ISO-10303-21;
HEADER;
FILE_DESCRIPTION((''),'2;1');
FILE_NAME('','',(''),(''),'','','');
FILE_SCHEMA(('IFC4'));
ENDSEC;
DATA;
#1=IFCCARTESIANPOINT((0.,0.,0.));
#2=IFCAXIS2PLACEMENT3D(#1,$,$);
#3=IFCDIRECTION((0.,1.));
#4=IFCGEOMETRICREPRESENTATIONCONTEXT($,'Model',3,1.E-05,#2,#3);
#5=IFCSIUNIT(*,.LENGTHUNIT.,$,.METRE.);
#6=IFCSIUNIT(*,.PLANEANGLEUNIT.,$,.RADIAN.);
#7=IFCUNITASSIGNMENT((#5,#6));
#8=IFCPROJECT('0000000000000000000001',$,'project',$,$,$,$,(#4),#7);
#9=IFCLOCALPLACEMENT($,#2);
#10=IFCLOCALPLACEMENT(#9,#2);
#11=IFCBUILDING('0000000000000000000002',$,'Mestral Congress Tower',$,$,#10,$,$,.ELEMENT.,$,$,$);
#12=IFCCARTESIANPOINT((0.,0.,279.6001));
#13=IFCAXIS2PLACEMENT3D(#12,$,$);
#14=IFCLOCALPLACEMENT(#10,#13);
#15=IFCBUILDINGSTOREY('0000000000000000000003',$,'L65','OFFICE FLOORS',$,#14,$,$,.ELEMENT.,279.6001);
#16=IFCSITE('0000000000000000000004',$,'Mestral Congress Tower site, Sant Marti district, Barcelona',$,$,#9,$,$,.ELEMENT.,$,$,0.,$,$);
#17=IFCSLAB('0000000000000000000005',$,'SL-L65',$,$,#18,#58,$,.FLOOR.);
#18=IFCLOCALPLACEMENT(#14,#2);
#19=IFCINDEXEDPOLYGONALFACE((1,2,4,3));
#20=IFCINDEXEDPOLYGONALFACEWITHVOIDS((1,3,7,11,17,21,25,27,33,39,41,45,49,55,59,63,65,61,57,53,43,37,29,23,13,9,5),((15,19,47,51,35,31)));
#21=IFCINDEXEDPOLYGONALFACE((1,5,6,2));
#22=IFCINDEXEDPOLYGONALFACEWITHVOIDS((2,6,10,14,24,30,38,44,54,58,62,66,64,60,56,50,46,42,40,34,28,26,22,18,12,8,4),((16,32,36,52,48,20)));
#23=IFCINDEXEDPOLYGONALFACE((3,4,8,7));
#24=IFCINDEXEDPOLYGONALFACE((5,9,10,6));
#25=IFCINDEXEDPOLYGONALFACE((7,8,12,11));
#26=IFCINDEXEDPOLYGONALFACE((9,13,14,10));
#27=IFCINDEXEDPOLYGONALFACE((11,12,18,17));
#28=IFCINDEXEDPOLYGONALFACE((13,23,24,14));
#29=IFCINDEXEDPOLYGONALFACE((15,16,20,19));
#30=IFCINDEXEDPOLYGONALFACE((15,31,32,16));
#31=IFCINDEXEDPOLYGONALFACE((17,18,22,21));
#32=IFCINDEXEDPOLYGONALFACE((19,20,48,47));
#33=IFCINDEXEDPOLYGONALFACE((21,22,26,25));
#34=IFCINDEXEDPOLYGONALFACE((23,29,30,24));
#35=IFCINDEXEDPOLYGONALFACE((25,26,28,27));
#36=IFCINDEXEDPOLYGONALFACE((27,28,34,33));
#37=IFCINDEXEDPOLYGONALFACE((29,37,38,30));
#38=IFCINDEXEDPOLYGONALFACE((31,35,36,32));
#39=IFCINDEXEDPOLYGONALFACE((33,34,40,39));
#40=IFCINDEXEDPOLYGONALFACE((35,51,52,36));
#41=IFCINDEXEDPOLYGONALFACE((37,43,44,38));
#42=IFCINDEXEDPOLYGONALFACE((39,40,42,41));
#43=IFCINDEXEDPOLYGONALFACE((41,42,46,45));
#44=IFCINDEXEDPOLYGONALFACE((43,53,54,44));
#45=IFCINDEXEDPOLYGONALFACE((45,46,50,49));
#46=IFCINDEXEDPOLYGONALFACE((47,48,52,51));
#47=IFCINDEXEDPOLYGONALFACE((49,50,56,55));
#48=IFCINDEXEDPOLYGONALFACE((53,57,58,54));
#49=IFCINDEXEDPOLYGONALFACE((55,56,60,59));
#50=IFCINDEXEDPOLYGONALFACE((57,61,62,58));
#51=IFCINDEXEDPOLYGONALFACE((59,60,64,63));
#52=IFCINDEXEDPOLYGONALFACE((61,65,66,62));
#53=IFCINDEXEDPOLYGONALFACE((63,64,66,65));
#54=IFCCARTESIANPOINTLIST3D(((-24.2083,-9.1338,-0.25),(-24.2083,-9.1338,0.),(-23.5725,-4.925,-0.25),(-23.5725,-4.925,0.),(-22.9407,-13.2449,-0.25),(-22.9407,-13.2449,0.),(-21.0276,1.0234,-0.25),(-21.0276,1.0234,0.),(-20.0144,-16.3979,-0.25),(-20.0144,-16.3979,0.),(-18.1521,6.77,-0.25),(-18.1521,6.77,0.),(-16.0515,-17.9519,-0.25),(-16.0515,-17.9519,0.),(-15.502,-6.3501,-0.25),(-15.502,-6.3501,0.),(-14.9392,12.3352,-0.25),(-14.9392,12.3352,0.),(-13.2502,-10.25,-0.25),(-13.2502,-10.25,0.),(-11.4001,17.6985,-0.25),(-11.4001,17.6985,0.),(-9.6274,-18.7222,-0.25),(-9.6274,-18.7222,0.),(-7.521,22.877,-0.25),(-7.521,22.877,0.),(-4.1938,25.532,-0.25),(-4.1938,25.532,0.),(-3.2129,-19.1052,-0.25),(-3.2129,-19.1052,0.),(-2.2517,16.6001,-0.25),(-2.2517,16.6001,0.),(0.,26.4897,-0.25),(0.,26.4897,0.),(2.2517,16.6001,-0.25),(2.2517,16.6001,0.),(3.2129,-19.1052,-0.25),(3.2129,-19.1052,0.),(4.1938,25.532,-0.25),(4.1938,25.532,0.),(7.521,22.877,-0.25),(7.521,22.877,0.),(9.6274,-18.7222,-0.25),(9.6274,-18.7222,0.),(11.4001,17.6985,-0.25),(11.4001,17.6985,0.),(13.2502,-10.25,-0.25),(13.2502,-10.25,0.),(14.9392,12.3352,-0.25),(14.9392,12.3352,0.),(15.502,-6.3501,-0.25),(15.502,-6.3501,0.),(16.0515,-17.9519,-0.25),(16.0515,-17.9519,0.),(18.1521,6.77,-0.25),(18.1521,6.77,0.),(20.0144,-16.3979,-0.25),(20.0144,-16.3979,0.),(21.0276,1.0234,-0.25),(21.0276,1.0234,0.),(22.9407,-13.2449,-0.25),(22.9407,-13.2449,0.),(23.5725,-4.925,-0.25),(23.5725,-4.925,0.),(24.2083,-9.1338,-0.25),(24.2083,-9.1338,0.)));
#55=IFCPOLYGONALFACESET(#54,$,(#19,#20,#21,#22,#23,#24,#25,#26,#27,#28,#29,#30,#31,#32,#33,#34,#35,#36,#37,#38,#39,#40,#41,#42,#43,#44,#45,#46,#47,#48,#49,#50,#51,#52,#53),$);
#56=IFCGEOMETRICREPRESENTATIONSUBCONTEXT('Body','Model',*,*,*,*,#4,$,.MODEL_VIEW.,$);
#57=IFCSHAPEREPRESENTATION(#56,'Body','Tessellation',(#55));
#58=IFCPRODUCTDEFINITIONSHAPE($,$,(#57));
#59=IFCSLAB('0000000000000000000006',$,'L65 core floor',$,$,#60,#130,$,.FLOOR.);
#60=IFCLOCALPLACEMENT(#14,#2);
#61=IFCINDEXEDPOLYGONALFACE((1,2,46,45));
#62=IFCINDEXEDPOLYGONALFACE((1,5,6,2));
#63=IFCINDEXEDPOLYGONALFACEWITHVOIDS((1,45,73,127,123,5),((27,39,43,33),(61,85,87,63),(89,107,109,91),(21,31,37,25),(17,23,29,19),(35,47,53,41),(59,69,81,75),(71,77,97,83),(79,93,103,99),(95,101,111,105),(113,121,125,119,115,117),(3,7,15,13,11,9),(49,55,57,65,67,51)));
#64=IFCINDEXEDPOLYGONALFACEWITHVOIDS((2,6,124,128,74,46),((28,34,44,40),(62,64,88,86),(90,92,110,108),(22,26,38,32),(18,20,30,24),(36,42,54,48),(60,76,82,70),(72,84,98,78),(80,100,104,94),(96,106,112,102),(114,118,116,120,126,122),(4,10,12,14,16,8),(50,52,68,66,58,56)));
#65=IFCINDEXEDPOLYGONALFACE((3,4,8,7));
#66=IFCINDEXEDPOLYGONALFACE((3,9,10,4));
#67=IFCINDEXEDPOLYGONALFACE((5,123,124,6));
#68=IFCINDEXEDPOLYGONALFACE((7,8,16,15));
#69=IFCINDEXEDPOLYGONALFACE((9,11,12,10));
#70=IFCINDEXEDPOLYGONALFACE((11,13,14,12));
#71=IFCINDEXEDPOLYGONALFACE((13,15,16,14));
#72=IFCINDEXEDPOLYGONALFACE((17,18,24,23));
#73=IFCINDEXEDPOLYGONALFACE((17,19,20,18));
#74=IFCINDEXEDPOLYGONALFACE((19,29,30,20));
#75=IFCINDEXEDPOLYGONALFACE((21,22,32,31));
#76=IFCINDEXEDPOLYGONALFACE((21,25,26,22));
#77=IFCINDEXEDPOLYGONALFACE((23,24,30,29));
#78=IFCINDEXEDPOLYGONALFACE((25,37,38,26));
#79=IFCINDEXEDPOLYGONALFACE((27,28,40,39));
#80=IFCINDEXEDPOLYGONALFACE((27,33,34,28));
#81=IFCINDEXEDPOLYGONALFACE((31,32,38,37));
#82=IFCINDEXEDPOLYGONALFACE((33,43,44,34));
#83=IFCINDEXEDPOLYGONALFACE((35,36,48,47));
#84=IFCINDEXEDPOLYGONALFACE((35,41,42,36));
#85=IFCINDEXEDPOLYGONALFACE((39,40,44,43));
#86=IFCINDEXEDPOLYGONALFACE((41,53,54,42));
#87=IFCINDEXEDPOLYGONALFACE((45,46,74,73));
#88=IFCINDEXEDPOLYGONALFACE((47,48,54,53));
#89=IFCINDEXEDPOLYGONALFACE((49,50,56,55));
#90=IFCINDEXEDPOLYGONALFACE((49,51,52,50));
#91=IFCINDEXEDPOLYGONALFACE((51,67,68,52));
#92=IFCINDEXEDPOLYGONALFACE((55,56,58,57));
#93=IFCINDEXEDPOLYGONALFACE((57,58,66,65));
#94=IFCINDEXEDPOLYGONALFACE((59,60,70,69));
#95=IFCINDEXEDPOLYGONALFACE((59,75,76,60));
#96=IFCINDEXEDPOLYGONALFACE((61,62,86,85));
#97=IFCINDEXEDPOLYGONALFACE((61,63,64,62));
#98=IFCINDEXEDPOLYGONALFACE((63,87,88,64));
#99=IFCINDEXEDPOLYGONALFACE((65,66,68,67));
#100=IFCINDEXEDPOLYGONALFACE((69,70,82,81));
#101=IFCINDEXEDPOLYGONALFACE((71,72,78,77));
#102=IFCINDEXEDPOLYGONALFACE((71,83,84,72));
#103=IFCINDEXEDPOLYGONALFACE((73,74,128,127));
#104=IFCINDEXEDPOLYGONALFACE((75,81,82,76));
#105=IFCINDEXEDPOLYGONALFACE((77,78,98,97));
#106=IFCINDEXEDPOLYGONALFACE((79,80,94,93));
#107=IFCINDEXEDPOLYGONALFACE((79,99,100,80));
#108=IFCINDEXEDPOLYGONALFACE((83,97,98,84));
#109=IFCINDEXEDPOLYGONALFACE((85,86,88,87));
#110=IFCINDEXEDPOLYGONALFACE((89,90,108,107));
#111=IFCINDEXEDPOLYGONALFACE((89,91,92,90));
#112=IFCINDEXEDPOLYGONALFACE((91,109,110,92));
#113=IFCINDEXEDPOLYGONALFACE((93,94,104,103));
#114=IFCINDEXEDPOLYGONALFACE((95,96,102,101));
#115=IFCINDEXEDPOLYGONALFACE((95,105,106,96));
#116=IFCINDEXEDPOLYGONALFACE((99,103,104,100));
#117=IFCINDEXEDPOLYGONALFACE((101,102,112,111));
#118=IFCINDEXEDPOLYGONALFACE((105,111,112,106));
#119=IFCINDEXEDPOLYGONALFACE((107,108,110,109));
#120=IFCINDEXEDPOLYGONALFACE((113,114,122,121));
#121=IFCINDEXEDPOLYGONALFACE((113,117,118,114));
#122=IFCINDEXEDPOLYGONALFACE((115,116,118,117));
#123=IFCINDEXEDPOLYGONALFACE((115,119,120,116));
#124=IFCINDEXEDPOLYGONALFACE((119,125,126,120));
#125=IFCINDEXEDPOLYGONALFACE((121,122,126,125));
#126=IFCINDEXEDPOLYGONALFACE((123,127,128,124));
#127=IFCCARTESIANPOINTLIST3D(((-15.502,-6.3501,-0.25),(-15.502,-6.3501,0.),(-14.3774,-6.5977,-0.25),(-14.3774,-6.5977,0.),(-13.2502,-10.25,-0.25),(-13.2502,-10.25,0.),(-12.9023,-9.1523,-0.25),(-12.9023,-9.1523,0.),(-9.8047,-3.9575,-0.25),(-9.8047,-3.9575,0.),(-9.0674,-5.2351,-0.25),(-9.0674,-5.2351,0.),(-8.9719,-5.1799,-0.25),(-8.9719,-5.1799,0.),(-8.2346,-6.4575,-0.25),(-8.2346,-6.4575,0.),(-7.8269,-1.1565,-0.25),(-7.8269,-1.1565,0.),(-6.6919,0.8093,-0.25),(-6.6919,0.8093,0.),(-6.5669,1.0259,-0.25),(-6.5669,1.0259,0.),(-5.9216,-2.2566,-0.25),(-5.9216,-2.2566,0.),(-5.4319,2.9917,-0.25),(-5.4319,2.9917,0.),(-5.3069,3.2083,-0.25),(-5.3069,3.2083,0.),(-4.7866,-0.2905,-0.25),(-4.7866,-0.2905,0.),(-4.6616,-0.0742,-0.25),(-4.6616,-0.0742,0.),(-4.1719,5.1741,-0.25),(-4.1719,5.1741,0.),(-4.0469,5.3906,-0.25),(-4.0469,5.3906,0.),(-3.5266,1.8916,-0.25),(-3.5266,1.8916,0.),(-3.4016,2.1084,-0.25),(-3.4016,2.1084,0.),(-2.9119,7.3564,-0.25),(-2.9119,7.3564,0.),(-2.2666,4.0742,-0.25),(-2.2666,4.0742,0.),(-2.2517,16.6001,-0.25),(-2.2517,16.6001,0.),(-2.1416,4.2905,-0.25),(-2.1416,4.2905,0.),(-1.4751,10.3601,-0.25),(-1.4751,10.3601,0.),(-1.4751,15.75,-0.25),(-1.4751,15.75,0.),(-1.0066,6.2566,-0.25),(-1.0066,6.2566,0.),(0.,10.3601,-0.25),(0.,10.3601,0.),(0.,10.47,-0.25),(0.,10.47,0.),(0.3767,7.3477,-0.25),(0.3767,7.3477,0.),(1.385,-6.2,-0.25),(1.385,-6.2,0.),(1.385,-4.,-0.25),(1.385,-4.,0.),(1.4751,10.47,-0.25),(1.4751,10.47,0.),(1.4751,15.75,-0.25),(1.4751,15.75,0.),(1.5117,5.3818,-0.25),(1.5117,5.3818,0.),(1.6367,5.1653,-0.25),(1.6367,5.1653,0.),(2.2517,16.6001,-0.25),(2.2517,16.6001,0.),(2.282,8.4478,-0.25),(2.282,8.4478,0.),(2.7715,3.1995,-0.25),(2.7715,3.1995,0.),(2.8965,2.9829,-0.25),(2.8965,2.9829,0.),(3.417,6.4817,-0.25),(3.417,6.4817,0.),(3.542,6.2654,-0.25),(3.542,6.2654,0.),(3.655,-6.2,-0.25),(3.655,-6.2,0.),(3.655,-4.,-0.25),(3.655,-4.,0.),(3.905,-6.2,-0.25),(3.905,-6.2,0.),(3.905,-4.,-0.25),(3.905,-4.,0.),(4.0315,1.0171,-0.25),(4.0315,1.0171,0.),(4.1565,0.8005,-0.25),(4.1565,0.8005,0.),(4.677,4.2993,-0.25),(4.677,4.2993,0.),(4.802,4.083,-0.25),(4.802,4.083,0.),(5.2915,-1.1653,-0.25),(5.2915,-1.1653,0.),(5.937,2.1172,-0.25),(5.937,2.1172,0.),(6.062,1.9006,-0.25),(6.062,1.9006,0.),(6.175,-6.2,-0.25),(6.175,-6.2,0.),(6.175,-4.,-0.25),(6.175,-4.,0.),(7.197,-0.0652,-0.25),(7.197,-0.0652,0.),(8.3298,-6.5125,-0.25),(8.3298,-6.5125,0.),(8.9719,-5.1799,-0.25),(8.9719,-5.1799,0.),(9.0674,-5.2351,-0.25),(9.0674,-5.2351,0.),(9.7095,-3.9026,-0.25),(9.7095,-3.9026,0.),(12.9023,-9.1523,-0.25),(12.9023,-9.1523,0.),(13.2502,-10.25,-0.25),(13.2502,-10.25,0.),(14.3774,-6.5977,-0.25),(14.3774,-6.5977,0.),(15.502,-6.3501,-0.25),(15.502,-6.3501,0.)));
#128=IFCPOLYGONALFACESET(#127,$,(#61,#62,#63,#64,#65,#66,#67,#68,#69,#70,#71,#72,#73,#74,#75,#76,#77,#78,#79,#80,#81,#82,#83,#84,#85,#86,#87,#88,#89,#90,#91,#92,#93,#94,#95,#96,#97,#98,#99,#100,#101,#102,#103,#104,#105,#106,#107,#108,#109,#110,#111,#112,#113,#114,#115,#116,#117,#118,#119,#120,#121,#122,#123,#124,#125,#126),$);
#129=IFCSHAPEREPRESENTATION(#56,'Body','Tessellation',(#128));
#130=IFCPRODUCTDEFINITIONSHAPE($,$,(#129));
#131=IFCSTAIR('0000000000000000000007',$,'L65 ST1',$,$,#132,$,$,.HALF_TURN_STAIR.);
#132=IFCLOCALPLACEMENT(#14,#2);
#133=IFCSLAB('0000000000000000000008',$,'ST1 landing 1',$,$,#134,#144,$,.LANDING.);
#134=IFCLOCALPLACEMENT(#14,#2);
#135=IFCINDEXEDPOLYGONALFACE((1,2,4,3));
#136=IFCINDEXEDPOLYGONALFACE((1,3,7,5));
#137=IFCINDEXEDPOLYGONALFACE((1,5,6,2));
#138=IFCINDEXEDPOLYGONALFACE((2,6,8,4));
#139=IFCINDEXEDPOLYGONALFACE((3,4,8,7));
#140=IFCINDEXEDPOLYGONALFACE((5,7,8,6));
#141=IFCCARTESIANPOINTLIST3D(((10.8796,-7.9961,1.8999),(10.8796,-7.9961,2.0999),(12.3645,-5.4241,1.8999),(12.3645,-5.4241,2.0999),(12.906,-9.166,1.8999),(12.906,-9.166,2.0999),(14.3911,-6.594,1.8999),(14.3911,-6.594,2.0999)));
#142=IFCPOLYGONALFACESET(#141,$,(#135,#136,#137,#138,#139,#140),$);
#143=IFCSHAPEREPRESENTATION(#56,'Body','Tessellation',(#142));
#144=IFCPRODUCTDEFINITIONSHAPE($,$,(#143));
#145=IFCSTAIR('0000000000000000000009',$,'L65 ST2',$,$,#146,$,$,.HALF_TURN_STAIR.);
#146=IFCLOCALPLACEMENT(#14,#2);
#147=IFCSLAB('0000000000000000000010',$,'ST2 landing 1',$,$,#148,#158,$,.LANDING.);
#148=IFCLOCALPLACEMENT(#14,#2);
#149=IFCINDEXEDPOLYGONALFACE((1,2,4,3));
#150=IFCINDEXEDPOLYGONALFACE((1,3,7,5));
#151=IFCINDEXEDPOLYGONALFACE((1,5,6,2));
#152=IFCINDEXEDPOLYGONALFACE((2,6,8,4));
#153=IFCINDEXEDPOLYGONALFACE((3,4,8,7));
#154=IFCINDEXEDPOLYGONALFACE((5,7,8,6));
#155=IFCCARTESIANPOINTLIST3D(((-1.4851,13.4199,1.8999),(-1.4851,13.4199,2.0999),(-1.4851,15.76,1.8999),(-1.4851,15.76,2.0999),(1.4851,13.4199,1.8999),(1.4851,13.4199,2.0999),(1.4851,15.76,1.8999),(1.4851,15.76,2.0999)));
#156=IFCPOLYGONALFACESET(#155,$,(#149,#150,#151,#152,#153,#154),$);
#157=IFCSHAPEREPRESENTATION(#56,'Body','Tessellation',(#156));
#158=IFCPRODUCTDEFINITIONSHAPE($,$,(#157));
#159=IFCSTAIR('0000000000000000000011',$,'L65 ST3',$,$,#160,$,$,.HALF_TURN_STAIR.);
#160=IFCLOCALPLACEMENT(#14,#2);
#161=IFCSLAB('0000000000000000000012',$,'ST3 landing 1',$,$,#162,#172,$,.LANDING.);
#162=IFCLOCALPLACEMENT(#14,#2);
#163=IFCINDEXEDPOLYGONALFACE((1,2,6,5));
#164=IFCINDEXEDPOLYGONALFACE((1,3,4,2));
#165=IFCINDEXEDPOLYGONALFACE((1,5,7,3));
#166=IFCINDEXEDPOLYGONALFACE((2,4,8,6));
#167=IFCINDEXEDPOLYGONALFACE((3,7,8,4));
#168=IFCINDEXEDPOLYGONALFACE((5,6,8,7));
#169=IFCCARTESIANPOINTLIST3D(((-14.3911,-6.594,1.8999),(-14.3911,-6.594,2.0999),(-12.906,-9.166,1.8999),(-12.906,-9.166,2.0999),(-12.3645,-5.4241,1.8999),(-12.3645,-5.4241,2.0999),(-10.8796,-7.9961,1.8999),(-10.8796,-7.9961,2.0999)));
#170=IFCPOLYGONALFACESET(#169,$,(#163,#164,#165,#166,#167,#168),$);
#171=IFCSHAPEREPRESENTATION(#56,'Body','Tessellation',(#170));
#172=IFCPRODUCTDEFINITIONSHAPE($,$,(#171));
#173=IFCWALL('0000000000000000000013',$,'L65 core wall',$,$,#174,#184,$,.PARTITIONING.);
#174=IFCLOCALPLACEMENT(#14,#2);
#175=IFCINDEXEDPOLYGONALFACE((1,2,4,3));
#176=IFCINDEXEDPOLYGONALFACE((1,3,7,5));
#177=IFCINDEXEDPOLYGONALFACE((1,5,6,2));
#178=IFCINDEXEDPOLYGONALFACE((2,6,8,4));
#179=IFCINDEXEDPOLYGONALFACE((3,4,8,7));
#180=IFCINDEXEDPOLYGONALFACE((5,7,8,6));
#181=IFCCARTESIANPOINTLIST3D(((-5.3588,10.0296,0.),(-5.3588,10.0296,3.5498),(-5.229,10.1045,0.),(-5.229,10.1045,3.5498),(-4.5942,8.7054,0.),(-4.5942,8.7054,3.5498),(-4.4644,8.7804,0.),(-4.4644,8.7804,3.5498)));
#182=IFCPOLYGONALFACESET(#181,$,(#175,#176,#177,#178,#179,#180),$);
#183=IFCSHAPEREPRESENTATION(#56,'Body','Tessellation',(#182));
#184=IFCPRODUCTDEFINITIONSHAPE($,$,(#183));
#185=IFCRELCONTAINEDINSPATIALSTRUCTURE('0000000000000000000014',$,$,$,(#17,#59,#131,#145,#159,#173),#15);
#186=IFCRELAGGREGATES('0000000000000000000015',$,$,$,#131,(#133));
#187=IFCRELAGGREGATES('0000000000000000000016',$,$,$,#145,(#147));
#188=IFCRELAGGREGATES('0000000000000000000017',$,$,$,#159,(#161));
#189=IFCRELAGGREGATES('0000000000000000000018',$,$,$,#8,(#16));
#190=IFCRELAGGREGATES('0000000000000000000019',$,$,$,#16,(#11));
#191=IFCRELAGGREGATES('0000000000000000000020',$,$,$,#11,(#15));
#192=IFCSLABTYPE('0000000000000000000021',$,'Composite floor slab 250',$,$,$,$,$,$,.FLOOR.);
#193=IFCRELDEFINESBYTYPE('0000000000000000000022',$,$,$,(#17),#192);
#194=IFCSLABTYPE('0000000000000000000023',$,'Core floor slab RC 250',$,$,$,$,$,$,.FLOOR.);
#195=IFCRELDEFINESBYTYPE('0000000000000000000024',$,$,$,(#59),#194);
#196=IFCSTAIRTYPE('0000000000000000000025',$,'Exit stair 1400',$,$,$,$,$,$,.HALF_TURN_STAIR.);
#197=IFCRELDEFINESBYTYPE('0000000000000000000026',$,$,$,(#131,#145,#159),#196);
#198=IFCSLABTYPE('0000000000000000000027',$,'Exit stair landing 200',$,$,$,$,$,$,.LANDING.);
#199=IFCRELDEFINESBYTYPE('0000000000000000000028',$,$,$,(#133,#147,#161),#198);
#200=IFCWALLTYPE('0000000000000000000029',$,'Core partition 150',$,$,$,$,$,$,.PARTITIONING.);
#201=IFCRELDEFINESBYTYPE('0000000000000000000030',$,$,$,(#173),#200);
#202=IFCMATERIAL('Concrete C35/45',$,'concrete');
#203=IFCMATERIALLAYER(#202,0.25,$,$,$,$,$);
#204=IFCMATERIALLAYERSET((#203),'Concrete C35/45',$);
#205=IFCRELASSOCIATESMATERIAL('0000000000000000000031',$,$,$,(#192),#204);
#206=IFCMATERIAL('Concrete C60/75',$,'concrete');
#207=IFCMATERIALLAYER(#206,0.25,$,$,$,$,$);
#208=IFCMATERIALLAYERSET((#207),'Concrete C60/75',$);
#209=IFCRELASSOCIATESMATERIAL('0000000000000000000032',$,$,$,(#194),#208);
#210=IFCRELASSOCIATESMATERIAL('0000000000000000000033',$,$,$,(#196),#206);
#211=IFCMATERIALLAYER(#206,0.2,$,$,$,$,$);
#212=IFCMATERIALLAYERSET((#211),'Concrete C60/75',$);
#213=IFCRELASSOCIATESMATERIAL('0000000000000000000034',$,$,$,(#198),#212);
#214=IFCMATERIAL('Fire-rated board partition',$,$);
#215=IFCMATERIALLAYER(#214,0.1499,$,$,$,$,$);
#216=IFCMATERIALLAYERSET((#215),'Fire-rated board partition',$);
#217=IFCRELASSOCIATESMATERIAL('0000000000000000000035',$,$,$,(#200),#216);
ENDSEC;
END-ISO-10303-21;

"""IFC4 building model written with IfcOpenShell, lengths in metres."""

from ifc_helpers import new_model, si_unit, direction, frame, frame_2d, origin, place, context, subcontext, project, spatial, polyline, rectangle, outline, extrude, material, layer, layer_set, type_object, element, aggregate, save


model = new_model("IFC4")

# Units and contexts
model_context = context("Model", 3, precision=1e-05, world=origin(), true_north=direction((0.0, 1.0)))
body_context = subcontext(model_context, "Body", "Model", "MODEL_VIEW")
ifc_project = project(units=[si_unit("LENGTHUNIT", "METRE"), si_unit("PLANEANGLEUNIT", "RADIAN")], contexts=[model_context])

# Site, building, storey
site_placement = place(None, origin())
site = spatial("IfcSite", under=ifc_project, at=site_placement, Name="Mestral Congress Tower site, Sant Marti district, Barcelona", CompositionType="ELEMENT", RefElevation=0.0)
building_placement = place(site_placement, origin())
building = spatial("IfcBuilding", under=site, at=building_placement, Name="Mestral Congress Tower", CompositionType="ELEMENT")
storey_placement = place(building_placement, frame((0.0, 0.0, 279.6001)))
storey = spatial("IfcBuildingStorey", under=building, at=storey_placement, Name="L65", Description="OFFICE FLOORS", CompositionType="ELEMENT", Elevation=279.6001)

# Slabs
ifc_material_1 = material(Name="Concrete C35/45", Category="concrete")
ifc_layer_1 = layer(ifc_material_1, 0.25)
ifc_layer_set_1 = layer_set([ifc_layer_1], Name="Concrete C35/45")
slab_type_1 = type_object("IfcSlabType", Name="Composite floor slab 250", PredefinedType="FLOOR", material=ifc_layer_set_1)
placement_1 = place(storey_placement, frame((0.0, 0.0, -0.25)))
element("IfcSlab", 1, at=placement_1, inside=storey, type_object=slab_type_1, Name="SL-L65", PredefinedType="FLOOR", context=body_context, shape_type="SweptSolid", body=[
    extrude(outline(polyline([(-16.0515, -17.9519), (-20.0144, -16.3979), (-22.9407, -13.2449), (-24.2083, -9.1338), (-23.5725, -4.925), (-21.0276, 1.0234), (-18.1521, 6.77), (-14.9392, 12.3352), (-11.4001, 17.6985), (-7.521, 22.877), (-4.1938, 25.532), (0.0, 26.4897), (4.1938, 25.532), (7.521, 22.877), (11.4001, 17.6985), (14.9392, 12.3352), (18.1521, 6.77), (21.0276, 1.0234), (23.5725, -4.925), (24.2083, -9.1338), (22.9407, -13.2449), (20.0144, -16.3979), (16.0515, -17.9519), (9.6274, -18.7222), (3.2129, -19.1052), (-3.2129, -19.1052), (-9.6274, -18.7222), (-16.0515, -17.9519)]), holes=[polyline([(-2.2517, 16.6001), (-15.502, -6.3501), (-13.2502, -10.25), (13.2502, -10.25), (15.502, -6.3501), (2.2517, 16.6001), (-2.2517, 16.6001)])]), origin(), (0.0, 0.0, 1.0), 0.25),
])
ifc_material_2 = material(Name="Concrete C60/75", Category="concrete")
ifc_layer_2 = layer(ifc_material_2, 0.25)
ifc_layer_set_2 = layer_set([ifc_layer_2], Name="Concrete C60/75")
slab_type_2 = type_object("IfcSlabType", Name="Core floor slab RC 250", PredefinedType="FLOOR", material=ifc_layer_set_2)
element("IfcSlab", 2, at=placement_1, inside=storey, type_object=slab_type_2, Name="L65 core floor", PredefinedType="FLOOR", context=body_context, shape_type="SweptSolid", body=[
    extrude(outline(polyline([(13.2502, -10.25), (-13.2502, -10.25), (-15.502, -6.3501), (-2.2517, 16.6001), (2.2517, 16.6001), (15.502, -6.3501), (13.2502, -10.25)]), holes=[polyline([(-14.3774, -6.5977), (-12.9023, -9.1523), (-8.2346, -6.4575), (-8.9719, -5.1799), (-9.0674, -5.2351), (-9.8047, -3.9575), (-14.3774, -6.5977)]), polyline([(-5.9216, -2.2566), (-4.7866, -0.2905), (-6.6919, 0.8093), (-7.8269, -1.1565), (-5.9216, -2.2566)]), polyline([(-4.6616, -0.0742), (-3.5266, 1.8916), (-5.4319, 2.9917), (-6.5669, 1.0259), (-4.6616, -0.0742)]), polyline([(-2.2666, 4.0742), (-4.1719, 5.1741), (-5.3069, 3.2083), (-3.4016, 2.1084), (-2.2666, 4.0742)]), polyline([(-2.1416, 4.2905), (-1.0066, 6.2566), (-2.9119, 7.3564), (-4.0469, 5.3906), (-2.1416, 4.2905)]), polyline([(0.3767, 7.3477), (1.5117, 5.3818), (3.417, 6.4817), (2.282, 8.4478), (0.3767, 7.3477)]), polyline([(1.4751, 15.75), (-1.4751, 15.75), (-1.4751, 10.3601), (0.0, 10.3601), (0.0, 10.47), (1.4751, 10.47), (1.4751, 15.75)]), polyline([(8.3298, -6.5125), (12.9023, -9.1523), (14.3774, -6.5977), (9.7095, -3.9026), (8.9719, -5.1799), (9.0674, -5.2351), (8.3298, -6.5125)]), polyline([(3.655, -4.0), (1.385, -4.0), (1.385, -6.2), (3.655, -6.2), (3.655, -4.0)]), polyline([(6.175, -4.0), (3.905, -4.0), (3.905, -6.2), (6.175, -6.2), (6.175, -4.0)]), polyline([(4.1565, 0.8005), (5.2915, -1.1653), (7.197, -0.0652), (6.062, 1.9006), (4.1565, 0.8005)]), polyline([(2.8965, 2.9829), (4.0315, 1.0171), (5.937, 2.1172), (4.802, 4.083), (2.8965, 2.9829)]), polyline([(1.6367, 5.1653), (2.7715, 3.1995), (4.677, 4.2993), (3.542, 6.2654), (1.6367, 5.1653)])]), origin(), (0.0, 0.0, 1.0), 0.25),
])

# Stairs, slabs
stair_type = type_object("IfcStairType", Name="Exit stair 1400", PredefinedType="HALF_TURN_STAIR", material=ifc_material_2)
placement_2 = place(storey_placement, origin())
stair_1 = element("IfcStair", 3, at=placement_2, inside=storey, type_object=stair_type, Name="L65 ST1", PredefinedType="HALF_TURN_STAIR")
ifc_layer_3 = layer(ifc_material_2, 0.2)
ifc_layer_set_3 = layer_set([ifc_layer_3], Name="Concrete C60/75")
slab_type_3 = type_object("IfcSlabType", Name="Exit stair landing 200", PredefinedType="LANDING", material=ifc_layer_set_3)
placement_3 = place(storey_placement, frame((0.0, 0.0, 1.8999)))
slab_1 = element("IfcSlab", 4, at=placement_3, type_object=slab_type_3, Name="ST1 landing 1", PredefinedType="LANDING", context=body_context, shape_type="SweptSolid", body=[
    extrude(outline(polyline([(10.8796, -7.9961), (12.3645, -5.4241), (14.3911, -6.594), (12.906, -9.166), (10.8796, -7.9961)])), origin(), (0.0, 0.0, 1.0), 0.2),
])
aggregate(stair_1, [slab_1])
stair_2 = element("IfcStair", 5, at=placement_2, inside=storey, type_object=stair_type, Name="L65 ST2", PredefinedType="HALF_TURN_STAIR")
slab_2 = element("IfcSlab", 6, at=placement_3, type_object=slab_type_3, Name="ST2 landing 1", PredefinedType="LANDING", context=body_context, shape_type="SweptSolid", body=[
    extrude(outline(polyline([(1.4851, 13.4199), (-1.4851, 13.4199), (-1.4851, 15.76), (1.4851, 15.76), (1.4851, 13.4199)])), origin(), (0.0, 0.0, 1.0), 0.2),
])
aggregate(stair_2, [slab_2])
stair_3 = element("IfcStair", 7, at=placement_2, inside=storey, type_object=stair_type, Name="L65 ST3", PredefinedType="HALF_TURN_STAIR")
slab_3 = element("IfcSlab", 8, at=placement_3, type_object=slab_type_3, Name="ST3 landing 1", PredefinedType="LANDING", context=body_context, shape_type="SweptSolid", body=[
    extrude(outline(polyline([(-12.3645, -5.4241), (-10.8796, -7.9961), (-12.906, -9.166), (-14.3911, -6.594), (-12.3645, -5.4241)])), origin(), (0.0, 0.0, 1.0), 0.2),
])
aggregate(stair_3, [slab_3])

# Wall
ifc_material_3 = material(Name="Fire-rated board partition")
ifc_layer_4 = layer(ifc_material_3, 0.1499)
ifc_layer_set_4 = layer_set([ifc_layer_4], Name="Fire-rated board partition")
wall_type_1 = type_object("IfcWallType", Name="Core partition 150", PredefinedType="PARTITIONING", material=ifc_layer_set_4)
wall_1_placement = place(storey_placement, frame((-5.2939, 10.0671, 0.0), z_axis=(0.0, 0.0, 1.0), x_axis=(0.500054, -0.865994, 0.0)))
element("IfcWall", 9, at=wall_1_placement, inside=storey, type_object=wall_type_1, Name="L65 core wall", PredefinedType="PARTITIONING", context=body_context, shape_type="SweptSolid", body=[
    extrude(rectangle(XDim=1.5291, YDim=0.1499, at=frame_2d((0.7646, 0.0))), origin(), (0.0, 0.0, 1.0), 3.5498),
])

save(model, "model.ifc")
